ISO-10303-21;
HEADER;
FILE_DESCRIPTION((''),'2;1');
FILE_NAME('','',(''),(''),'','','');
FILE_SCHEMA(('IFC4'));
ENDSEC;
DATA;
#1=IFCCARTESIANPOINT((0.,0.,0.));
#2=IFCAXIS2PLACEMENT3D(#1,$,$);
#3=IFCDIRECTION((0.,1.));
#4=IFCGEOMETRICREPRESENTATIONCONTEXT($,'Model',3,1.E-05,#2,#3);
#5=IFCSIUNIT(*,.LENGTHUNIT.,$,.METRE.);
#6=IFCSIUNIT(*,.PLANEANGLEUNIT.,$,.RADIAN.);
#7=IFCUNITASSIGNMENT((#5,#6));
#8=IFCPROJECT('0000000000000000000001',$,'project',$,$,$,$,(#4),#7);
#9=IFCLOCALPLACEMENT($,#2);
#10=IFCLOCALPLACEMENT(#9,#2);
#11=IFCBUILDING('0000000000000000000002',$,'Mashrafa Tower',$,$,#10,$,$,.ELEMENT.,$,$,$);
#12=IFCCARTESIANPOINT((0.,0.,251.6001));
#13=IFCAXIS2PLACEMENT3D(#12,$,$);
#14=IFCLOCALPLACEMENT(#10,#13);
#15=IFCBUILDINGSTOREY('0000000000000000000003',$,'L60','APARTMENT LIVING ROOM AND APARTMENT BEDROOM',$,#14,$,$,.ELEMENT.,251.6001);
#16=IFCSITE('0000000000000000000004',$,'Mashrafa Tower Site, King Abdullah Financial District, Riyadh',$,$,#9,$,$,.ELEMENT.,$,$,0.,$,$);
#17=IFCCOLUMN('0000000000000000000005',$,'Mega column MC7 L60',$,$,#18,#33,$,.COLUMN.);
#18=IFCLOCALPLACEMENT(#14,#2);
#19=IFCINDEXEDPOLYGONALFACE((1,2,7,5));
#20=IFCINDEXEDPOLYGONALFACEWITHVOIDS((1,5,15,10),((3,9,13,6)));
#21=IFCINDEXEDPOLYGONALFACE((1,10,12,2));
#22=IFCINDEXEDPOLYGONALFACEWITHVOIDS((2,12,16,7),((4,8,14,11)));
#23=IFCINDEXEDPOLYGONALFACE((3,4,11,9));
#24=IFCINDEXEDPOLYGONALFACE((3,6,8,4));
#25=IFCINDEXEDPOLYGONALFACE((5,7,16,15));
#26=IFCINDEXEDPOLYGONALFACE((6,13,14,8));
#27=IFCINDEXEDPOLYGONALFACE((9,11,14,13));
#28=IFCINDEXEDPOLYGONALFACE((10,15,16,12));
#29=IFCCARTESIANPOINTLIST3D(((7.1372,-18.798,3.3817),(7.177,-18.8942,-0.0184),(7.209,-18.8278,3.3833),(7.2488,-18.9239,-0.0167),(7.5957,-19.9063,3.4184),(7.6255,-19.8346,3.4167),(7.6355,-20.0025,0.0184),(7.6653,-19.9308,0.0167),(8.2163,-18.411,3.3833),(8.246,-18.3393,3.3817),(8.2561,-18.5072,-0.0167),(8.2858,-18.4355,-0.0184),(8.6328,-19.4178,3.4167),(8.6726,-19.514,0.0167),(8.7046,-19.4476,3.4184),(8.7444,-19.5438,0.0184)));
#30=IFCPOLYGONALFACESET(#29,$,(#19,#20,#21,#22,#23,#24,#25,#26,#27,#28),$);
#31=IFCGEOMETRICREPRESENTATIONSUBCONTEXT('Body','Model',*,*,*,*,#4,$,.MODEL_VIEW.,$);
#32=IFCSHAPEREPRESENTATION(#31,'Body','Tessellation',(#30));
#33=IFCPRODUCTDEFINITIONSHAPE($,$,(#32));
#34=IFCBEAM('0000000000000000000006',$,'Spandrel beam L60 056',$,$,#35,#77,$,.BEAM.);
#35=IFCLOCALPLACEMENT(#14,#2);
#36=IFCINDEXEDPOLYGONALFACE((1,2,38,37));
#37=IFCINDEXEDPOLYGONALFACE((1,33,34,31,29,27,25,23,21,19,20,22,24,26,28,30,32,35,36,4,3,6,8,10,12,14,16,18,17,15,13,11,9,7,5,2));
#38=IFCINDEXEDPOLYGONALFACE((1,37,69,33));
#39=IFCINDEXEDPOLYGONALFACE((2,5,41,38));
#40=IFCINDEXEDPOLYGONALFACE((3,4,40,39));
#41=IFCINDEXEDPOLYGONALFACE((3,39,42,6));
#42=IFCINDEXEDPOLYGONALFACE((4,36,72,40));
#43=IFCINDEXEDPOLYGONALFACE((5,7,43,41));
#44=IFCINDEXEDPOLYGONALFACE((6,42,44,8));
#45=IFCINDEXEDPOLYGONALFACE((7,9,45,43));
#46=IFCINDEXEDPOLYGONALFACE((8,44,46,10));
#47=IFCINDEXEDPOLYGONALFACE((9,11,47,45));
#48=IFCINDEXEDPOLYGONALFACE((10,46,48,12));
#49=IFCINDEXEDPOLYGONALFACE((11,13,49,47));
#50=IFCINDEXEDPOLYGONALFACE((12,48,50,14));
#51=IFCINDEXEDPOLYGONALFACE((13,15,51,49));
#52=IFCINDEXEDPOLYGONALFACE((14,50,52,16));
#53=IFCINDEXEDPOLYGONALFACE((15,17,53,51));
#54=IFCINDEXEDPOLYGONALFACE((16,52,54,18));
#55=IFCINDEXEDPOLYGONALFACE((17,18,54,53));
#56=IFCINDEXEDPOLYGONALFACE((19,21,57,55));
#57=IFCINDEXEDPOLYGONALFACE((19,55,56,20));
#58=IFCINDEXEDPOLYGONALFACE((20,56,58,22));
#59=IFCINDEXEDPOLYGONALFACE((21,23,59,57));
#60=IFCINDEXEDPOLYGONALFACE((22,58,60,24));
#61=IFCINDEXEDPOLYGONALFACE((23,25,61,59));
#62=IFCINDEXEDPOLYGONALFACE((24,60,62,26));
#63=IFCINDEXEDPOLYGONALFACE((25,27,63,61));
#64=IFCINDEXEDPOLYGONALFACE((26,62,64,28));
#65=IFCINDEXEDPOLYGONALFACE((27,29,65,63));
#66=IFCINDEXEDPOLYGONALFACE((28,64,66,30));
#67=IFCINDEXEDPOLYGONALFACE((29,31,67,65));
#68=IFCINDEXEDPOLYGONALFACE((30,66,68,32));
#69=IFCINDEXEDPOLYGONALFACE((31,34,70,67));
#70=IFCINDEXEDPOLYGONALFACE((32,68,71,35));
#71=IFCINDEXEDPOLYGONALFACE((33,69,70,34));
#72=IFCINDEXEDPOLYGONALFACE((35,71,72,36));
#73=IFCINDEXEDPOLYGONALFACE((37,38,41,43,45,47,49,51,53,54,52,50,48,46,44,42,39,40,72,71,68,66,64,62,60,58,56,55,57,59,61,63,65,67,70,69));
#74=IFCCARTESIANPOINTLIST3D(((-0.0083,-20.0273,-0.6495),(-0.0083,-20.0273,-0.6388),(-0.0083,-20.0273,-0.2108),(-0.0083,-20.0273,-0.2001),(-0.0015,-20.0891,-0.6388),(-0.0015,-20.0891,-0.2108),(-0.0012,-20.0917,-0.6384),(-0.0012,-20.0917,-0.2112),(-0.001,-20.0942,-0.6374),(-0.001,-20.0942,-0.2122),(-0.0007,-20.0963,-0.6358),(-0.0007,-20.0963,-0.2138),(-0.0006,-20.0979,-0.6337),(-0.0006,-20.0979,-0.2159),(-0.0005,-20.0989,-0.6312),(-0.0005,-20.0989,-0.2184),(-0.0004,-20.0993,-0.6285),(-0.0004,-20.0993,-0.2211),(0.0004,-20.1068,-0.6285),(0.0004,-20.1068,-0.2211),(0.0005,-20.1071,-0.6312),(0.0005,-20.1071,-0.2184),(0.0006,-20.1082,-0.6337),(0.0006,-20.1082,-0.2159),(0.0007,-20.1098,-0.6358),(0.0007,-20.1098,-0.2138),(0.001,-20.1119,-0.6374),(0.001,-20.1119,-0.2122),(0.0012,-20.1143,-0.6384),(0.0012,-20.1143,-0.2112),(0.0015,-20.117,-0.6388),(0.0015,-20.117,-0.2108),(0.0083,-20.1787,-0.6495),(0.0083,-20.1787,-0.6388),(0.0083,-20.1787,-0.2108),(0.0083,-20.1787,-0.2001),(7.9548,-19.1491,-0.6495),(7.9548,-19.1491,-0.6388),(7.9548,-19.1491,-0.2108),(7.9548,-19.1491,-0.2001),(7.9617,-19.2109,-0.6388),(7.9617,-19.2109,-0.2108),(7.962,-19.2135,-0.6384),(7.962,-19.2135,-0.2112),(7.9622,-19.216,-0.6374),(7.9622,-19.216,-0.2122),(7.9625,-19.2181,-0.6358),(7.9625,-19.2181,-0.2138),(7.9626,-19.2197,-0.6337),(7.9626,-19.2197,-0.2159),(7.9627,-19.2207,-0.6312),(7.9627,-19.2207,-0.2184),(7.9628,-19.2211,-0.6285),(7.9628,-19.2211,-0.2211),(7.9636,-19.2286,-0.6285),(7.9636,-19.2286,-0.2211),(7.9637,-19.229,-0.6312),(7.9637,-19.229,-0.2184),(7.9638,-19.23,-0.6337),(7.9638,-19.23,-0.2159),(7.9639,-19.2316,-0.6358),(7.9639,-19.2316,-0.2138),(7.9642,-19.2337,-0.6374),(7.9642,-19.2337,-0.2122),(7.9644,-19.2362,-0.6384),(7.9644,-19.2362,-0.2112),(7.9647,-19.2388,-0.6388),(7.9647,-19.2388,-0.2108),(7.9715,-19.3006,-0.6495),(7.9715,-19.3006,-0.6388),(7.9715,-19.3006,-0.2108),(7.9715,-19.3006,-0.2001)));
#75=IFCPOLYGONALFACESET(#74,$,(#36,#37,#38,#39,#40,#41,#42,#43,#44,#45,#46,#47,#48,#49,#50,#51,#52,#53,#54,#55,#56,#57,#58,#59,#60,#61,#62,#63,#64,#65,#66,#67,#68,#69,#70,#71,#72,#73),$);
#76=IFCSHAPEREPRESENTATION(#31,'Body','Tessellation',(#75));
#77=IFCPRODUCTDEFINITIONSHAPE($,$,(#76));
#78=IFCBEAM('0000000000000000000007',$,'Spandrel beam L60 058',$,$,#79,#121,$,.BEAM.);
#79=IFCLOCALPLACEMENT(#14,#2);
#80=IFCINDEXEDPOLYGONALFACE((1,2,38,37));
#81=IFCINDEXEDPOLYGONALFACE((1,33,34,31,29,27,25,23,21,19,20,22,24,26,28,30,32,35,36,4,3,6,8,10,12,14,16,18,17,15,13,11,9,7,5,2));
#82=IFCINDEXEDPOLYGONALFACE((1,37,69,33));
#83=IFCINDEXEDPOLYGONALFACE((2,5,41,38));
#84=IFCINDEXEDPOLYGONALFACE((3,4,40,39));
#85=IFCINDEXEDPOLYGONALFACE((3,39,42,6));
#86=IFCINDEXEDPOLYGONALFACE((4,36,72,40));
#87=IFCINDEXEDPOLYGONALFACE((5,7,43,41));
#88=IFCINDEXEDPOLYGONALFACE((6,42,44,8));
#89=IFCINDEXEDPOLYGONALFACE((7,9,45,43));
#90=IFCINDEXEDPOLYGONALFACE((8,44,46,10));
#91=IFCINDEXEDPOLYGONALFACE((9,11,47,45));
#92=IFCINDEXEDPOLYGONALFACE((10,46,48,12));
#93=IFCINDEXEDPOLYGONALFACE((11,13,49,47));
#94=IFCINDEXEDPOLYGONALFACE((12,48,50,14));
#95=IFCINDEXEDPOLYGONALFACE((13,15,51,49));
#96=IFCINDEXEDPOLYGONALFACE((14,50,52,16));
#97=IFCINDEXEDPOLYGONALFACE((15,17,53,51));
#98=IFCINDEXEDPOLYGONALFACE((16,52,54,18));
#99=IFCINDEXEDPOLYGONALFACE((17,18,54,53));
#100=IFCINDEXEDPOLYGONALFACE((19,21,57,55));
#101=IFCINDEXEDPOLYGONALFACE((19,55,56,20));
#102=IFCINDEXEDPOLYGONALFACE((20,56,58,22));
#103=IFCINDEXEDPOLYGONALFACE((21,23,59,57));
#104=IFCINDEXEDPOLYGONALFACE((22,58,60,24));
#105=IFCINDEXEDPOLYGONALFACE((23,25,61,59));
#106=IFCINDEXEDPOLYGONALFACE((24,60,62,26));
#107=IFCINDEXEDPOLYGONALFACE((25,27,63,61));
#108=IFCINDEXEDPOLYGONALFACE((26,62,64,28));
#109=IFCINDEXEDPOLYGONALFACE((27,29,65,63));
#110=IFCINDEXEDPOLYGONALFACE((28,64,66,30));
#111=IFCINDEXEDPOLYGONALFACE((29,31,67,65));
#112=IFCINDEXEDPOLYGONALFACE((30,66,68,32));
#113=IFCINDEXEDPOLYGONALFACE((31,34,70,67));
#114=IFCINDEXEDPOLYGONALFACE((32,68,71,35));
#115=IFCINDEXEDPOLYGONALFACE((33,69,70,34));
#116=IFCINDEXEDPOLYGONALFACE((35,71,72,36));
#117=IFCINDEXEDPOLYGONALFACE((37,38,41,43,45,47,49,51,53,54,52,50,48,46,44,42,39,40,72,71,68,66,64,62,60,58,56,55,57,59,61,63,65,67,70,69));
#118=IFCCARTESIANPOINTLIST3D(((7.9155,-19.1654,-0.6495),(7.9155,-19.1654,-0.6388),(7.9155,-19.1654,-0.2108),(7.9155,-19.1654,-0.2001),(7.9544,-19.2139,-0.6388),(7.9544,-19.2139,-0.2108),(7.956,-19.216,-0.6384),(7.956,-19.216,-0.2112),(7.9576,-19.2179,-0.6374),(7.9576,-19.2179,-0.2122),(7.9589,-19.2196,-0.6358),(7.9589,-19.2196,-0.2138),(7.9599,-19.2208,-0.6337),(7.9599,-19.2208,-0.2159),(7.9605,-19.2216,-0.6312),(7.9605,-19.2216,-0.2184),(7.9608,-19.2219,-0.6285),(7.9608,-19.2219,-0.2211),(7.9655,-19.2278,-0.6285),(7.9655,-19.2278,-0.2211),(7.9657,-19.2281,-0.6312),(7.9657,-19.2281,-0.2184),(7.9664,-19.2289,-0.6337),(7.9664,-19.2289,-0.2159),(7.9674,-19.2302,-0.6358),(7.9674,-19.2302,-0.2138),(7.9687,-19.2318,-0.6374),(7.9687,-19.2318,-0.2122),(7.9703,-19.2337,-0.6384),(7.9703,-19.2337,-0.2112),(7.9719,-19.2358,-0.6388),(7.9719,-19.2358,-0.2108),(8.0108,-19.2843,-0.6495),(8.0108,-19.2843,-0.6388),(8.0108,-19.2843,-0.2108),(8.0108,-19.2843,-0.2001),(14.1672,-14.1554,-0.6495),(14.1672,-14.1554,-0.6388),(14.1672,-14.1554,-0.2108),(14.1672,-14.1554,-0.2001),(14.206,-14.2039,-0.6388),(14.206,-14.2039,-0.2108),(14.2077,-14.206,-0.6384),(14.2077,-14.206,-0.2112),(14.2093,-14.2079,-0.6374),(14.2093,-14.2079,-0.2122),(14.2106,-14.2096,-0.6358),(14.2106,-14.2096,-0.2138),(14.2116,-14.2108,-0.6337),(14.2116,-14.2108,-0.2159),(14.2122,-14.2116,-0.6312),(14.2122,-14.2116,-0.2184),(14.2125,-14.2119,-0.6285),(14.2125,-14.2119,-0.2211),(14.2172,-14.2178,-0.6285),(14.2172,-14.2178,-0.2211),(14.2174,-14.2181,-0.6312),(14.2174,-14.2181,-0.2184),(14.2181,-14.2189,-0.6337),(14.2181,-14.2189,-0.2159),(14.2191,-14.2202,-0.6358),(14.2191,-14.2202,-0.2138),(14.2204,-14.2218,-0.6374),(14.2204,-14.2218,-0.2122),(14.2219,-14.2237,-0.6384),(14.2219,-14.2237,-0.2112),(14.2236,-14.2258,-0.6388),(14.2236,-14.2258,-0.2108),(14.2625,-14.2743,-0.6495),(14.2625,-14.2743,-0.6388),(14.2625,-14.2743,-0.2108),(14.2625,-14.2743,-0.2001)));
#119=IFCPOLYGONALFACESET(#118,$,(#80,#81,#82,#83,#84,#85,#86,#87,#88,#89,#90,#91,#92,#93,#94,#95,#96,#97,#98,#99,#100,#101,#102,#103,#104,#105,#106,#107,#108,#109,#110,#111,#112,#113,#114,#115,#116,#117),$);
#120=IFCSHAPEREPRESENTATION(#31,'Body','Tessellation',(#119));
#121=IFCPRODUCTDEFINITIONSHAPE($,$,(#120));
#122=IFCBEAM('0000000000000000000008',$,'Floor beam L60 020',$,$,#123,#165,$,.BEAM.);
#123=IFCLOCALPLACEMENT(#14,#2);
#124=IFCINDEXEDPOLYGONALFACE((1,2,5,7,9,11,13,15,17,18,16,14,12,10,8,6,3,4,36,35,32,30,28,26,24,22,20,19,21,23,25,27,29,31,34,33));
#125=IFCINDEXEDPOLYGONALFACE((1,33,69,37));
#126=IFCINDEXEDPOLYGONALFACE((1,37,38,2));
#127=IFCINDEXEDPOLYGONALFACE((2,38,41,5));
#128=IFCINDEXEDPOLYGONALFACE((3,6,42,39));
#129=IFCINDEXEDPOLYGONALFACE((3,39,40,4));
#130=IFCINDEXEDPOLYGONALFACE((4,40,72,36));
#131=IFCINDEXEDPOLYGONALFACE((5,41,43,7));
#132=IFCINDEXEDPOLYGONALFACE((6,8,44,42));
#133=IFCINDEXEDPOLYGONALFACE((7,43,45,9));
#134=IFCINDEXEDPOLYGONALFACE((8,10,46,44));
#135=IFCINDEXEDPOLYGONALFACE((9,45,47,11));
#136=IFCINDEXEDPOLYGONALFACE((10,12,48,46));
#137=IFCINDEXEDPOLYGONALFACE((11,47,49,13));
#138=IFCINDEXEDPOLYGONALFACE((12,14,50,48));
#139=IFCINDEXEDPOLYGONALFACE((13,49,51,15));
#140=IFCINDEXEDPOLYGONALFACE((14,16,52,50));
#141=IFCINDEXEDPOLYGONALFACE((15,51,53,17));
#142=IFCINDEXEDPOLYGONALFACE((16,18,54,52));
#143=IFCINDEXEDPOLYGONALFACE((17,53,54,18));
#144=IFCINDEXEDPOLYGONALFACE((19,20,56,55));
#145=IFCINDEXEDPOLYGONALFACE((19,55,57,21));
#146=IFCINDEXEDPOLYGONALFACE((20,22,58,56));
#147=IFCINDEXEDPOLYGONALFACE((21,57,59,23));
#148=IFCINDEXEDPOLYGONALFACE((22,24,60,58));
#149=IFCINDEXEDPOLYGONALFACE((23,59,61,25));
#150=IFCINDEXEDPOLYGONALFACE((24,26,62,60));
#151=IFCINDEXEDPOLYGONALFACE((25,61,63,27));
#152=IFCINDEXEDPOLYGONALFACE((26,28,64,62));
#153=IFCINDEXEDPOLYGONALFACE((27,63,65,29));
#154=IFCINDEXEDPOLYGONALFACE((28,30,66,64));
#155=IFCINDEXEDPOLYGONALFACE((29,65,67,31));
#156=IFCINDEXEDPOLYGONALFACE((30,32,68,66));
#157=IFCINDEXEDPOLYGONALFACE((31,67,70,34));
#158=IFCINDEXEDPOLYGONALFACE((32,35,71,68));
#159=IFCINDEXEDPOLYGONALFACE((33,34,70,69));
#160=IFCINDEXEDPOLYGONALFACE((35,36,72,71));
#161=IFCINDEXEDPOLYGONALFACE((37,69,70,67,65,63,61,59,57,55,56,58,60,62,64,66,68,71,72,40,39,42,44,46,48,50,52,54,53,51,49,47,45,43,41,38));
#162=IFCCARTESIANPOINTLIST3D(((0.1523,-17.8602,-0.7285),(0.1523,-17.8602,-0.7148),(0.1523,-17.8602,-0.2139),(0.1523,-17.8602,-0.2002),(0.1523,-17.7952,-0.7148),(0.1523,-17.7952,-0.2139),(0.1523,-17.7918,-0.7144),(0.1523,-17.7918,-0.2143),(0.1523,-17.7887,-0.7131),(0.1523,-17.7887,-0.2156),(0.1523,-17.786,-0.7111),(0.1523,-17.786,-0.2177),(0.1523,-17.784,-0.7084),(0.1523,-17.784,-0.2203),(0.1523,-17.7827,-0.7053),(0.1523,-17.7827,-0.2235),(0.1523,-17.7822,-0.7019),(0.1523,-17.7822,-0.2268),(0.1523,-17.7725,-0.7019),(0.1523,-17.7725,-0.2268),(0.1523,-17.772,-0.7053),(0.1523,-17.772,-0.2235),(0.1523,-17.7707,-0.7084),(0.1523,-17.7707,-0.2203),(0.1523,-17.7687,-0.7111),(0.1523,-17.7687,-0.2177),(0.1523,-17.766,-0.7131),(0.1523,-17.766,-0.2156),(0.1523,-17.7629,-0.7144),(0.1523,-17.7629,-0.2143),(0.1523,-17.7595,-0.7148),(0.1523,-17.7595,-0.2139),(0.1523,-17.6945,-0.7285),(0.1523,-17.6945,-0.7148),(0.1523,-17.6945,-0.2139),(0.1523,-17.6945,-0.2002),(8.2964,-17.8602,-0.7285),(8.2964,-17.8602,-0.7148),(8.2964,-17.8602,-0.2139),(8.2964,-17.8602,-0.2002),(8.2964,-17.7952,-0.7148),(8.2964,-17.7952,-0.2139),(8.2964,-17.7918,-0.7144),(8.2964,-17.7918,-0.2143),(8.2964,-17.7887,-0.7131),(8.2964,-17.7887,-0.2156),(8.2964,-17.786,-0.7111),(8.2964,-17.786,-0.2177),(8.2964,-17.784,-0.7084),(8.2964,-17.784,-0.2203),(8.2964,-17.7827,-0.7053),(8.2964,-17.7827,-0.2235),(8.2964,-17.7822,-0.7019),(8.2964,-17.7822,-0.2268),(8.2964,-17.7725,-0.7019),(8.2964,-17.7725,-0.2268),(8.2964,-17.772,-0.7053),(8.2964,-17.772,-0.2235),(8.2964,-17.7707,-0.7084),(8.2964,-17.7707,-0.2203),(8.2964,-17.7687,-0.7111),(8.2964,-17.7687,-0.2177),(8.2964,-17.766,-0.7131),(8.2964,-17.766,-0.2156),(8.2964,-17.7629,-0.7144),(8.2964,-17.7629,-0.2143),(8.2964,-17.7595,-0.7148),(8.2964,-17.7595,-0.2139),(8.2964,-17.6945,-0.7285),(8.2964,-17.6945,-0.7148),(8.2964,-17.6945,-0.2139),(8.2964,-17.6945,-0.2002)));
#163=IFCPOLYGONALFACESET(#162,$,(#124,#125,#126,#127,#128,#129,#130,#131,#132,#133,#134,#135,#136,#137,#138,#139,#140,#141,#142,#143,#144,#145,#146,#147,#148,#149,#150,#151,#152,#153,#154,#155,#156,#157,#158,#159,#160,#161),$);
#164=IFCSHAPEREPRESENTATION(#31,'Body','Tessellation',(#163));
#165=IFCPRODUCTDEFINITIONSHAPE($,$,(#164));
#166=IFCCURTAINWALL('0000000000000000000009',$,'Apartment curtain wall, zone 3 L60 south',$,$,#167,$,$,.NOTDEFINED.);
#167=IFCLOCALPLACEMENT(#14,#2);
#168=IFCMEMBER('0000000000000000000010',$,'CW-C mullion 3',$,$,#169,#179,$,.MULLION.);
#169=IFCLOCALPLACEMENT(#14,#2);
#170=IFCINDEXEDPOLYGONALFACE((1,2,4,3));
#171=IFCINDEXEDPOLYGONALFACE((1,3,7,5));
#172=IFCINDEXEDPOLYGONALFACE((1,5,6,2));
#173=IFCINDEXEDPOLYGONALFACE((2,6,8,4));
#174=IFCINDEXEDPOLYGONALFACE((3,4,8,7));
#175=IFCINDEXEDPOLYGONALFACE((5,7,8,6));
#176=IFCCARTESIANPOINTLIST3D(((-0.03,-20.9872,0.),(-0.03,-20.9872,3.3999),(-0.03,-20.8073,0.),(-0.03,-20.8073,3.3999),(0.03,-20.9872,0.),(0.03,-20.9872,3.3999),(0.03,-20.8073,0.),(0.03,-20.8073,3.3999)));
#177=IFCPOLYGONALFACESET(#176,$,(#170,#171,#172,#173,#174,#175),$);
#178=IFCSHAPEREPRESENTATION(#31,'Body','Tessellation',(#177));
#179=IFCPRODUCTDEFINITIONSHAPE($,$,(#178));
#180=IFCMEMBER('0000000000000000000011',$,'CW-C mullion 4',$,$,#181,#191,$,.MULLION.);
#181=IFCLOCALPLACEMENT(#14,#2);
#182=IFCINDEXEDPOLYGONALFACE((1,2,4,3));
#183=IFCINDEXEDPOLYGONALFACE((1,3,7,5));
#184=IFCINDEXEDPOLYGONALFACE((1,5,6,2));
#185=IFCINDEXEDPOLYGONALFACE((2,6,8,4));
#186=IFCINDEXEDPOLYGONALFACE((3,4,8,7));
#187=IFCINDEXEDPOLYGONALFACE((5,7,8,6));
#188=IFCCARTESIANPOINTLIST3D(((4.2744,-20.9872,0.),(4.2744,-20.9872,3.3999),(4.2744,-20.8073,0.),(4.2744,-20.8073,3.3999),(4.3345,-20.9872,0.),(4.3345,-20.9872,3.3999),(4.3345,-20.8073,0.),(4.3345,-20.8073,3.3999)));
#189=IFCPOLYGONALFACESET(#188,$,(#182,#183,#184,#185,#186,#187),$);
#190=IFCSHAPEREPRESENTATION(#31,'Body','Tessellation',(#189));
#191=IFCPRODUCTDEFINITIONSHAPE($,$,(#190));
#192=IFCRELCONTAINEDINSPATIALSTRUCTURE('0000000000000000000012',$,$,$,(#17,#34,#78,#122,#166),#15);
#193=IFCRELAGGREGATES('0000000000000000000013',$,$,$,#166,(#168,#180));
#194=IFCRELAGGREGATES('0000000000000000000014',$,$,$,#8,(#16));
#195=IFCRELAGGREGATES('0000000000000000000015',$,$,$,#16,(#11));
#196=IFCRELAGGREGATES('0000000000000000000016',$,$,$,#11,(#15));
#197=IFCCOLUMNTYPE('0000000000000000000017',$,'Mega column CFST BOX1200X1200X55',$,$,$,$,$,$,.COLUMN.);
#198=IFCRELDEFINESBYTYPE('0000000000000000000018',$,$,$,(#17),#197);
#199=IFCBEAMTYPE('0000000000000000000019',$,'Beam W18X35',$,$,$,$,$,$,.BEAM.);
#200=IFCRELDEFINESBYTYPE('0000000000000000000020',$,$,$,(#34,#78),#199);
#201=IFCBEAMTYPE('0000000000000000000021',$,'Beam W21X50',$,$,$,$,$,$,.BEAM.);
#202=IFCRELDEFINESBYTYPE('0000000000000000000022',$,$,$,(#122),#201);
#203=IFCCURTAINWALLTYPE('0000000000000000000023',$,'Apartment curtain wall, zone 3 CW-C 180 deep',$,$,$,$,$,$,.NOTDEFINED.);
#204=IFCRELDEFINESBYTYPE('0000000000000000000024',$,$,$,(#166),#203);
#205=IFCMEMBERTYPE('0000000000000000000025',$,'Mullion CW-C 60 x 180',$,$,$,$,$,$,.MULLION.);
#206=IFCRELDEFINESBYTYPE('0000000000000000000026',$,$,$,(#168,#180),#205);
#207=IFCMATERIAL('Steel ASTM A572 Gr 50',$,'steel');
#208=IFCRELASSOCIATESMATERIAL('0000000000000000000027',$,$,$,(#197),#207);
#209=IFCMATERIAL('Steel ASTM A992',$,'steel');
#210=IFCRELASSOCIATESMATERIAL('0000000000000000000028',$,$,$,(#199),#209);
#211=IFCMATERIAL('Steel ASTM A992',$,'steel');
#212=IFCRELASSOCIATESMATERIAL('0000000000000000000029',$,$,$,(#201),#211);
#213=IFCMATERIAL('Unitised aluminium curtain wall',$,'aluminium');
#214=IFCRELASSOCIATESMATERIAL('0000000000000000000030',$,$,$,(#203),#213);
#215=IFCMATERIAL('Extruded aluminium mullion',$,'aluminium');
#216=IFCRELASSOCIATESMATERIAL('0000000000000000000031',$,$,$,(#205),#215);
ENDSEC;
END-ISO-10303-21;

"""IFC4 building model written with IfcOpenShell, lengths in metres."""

from ifc_helpers import new_model, si_unit, direction, frame, origin, origin_2d, place, context, subcontext, project, spatial, rectangle, hollow_rectangle, i_section, extrude, source, transform, mapped, material, material_profile, profile_set, type_object, type_shapes, element, aggregate, save


model = new_model("IFC4")

# Units and contexts
model_context = context("Model", 3, precision=1e-05, world=origin(), true_north=direction((0.0, 1.0)))
body_context = subcontext(model_context, "Body", "Model", "MODEL_VIEW")
ifc_project = project(units=[si_unit("LENGTHUNIT", "METRE"), si_unit("PLANEANGLEUNIT", "RADIAN")], contexts=[model_context])

# Site, building, storey
site_placement = place(None, origin())
site = spatial("IfcSite", under=ifc_project, at=site_placement, Name="Mashrafa Tower Site, King Abdullah Financial District, Riyadh", CompositionType="ELEMENT", RefElevation=0.0)
building_placement = place(site_placement, origin())
building = spatial("IfcBuilding", under=site, at=building_placement, Name="Mashrafa Tower", CompositionType="ELEMENT")
storey_placement = place(building_placement, frame((0.0, 0.0, 251.6001)))
storey = spatial("IfcBuildingStorey", under=building, at=storey_placement, Name="L60", Description="APARTMENT LIVING ROOM AND APARTMENT BEDROOM", CompositionType="ELEMENT", Elevation=251.6001)

# Column
ifc_material_1 = material(Name="Steel ASTM A572 Gr 50", Category="steel")
ifc_material_profile_1 = material_profile(ifc_material_1, hollow_rectangle(XDim=1.2, YDim=1.2, WallThickness=0.0549, at=origin_2d()), Name="BOX1200X1200X55")
ifc_profile_set_1 = profile_set([ifc_material_profile_1], Name="Steel ASTM A572 Gr 50")
column_type = type_object("IfcColumnType", Name="Mega column CFST BOX1200X1200X55", PredefinedType="COLUMN", material=ifc_profile_set_1)
column_placement = place(storey_placement, frame((7.9607, -19.219, 0.0), z_axis=(-0.011699, 0.028279, 0.999532), x_axis=(-0.924045, -0.382283, 0.0)))
element("IfcColumn", 1, at=column_placement, inside=storey, type_object=column_type, Name="Mega column MC7 L60", PredefinedType="COLUMN", context=body_context, shape_type="SweptSolid", body=[
    extrude(hollow_rectangle(XDim=1.2, YDim=1.2, WallThickness=0.0549, at=origin_2d()), origin(), (0.0, 0.0, 1.0), 3.4016),
])

# Beams
ifc_material_2 = material(Name="Steel ASTM A992", Category="steel")
ifc_material_profile_2 = material_profile(ifc_material_2, i_section(OverallWidth=0.1523, OverallDepth=0.4495, WebThickness=0.0076, FlangeThickness=0.0107, FilletRadius=0.0103, at=origin_2d()), Name="W18X35")
ifc_profile_set_2 = profile_set([ifc_material_profile_2], Name="Steel ASTM A992")
beam_type_1 = type_object("IfcBeamType", Name="Beam W18X35", PredefinedType="BEAM", material=ifc_profile_set_2)
for number, where, z_axis, x_axis, name in (
    (2, (0.0, -20.103, -0.4248), (0.993974, 0.109615, 0.0), (-0.109615, 0.993974, 0.0), "Spandrel beam L60 056"),
    (3, (7.9631, -19.2249, -0.4248), (0.780342, 0.625353, 0.0), (-0.625353, 0.780342, 0.0), "Spandrel beam L60 058"),
):
    element("IfcBeam", number, at=place(storey_placement, frame(where, z_axis=z_axis, x_axis=x_axis)), inside=storey, type_object=beam_type_1, Name=name, PredefinedType="BEAM", context=body_context, shape_type="SweptSolid", body=[
        extrude(i_section(OverallWidth=0.1523, OverallDepth=0.4495, WebThickness=0.0076, FlangeThickness=0.0107, FilletRadius=0.0103, at=origin_2d()), origin(), (0.0, 0.0, 1.0), 8.0115),
    ])
ifc_material_3 = material(Name="Steel ASTM A992", Category="steel")
ifc_material_profile_3 = material_profile(ifc_material_3, i_section(OverallWidth=0.1658, OverallDepth=0.5283, WebThickness=0.0098, FlangeThickness=0.0137, FilletRadius=0.0129, at=origin_2d()), Name="W21X50")
ifc_profile_set_3 = profile_set([ifc_material_profile_3], Name="Steel ASTM A992")
beam_type_2 = type_object("IfcBeamType", Name="Beam W21X50", PredefinedType="BEAM", material=ifc_profile_set_3)
beam_placement = place(storey_placement, frame((8.2964, -17.7773, -0.4644), z_axis=(-1.0, 0.0, 0.0), x_axis=(0.0, -1.0, 0.0)))
element("IfcBeam", 4, at=beam_placement, inside=storey, type_object=beam_type_2, Name="Floor beam L60 020", PredefinedType="BEAM", context=body_context, shape_type="SweptSolid", body=[
    extrude(i_section(OverallWidth=0.1658, OverallDepth=0.5283, WebThickness=0.0098, FlangeThickness=0.0137, FilletRadius=0.0129, at=origin_2d()), origin(), (0.0, 0.0, 1.0), 8.144),
])

# Curtain wall, members
ifc_material_4 = material(Name="Unitised aluminium curtain wall", Category="aluminium")
curtain_wall_type = type_object("IfcCurtainWallType", Name="Apartment curtain wall, zone 3 CW-C 180 deep", PredefinedType="NOTDEFINED", material=ifc_material_4)
curtain_wall_1_placement = place(storey_placement, origin())
curtain_wall_1 = element("IfcCurtainWall", 5, at=curtain_wall_1_placement, inside=storey, type_object=curtain_wall_type, Name="Apartment curtain wall, zone 3 L60 south", PredefinedType="NOTDEFINED")
ifc_material_5 = material(Name="Extruded aluminium mullion", Category="aluminium")
ifc_material_profile_4 = material_profile(ifc_material_5, rectangle(XDim=0.1799, YDim=0.0601, at=origin_2d()), Name="Mullion 60x180")
ifc_profile_set_4 = profile_set([ifc_material_profile_4], Name="Extruded aluminium mullion")
member_type_1 = type_object("IfcMemberType", Name="Mullion CW-C 60 x 180", PredefinedType="MULLION", material=ifc_profile_set_4)
shared_shape_1 = source(origin(), body_context, "Body", "SweptSolid", [
    extrude(rectangle(XDim=0.1799, YDim=0.0601, at=origin_2d()), origin(), (0.0, 0.0, 1.0), 3.3999),
])
type_shapes(member_type_1, [shared_shape_1])
member_1_placement = place(storey_placement, frame((0.0, -20.8972, 0.0), z_axis=(0.0, 0.0, 1.0), x_axis=(0.0, 1.0, 0.0)))
member_1 = element("IfcMember", 6, at=member_1_placement, type_object=member_type_1, Name="CW-C mullion 3", PredefinedType="MULLION", context=body_context, shape_type="MappedRepresentation", body=[
    mapped(shared_shape_1, transform((0.0, 0.0, 0.0))),
])
member_2_placement = place(storey_placement, frame((4.3044, -20.8972, 0.0), z_axis=(0.0, 0.0, 1.0), x_axis=(0.0, 1.0, 0.0)))
member_2 = element("IfcMember", 7, at=member_2_placement, type_object=member_type_1, Name="CW-C mullion 4", PredefinedType="MULLION", context=body_context, shape_type="MappedRepresentation", body=[
    mapped(shared_shape_1, transform((0.0, 0.0, 0.0))),
])

aggregate(curtain_wall_1, [member_1, member_2])

save(model, "model.ifc")
